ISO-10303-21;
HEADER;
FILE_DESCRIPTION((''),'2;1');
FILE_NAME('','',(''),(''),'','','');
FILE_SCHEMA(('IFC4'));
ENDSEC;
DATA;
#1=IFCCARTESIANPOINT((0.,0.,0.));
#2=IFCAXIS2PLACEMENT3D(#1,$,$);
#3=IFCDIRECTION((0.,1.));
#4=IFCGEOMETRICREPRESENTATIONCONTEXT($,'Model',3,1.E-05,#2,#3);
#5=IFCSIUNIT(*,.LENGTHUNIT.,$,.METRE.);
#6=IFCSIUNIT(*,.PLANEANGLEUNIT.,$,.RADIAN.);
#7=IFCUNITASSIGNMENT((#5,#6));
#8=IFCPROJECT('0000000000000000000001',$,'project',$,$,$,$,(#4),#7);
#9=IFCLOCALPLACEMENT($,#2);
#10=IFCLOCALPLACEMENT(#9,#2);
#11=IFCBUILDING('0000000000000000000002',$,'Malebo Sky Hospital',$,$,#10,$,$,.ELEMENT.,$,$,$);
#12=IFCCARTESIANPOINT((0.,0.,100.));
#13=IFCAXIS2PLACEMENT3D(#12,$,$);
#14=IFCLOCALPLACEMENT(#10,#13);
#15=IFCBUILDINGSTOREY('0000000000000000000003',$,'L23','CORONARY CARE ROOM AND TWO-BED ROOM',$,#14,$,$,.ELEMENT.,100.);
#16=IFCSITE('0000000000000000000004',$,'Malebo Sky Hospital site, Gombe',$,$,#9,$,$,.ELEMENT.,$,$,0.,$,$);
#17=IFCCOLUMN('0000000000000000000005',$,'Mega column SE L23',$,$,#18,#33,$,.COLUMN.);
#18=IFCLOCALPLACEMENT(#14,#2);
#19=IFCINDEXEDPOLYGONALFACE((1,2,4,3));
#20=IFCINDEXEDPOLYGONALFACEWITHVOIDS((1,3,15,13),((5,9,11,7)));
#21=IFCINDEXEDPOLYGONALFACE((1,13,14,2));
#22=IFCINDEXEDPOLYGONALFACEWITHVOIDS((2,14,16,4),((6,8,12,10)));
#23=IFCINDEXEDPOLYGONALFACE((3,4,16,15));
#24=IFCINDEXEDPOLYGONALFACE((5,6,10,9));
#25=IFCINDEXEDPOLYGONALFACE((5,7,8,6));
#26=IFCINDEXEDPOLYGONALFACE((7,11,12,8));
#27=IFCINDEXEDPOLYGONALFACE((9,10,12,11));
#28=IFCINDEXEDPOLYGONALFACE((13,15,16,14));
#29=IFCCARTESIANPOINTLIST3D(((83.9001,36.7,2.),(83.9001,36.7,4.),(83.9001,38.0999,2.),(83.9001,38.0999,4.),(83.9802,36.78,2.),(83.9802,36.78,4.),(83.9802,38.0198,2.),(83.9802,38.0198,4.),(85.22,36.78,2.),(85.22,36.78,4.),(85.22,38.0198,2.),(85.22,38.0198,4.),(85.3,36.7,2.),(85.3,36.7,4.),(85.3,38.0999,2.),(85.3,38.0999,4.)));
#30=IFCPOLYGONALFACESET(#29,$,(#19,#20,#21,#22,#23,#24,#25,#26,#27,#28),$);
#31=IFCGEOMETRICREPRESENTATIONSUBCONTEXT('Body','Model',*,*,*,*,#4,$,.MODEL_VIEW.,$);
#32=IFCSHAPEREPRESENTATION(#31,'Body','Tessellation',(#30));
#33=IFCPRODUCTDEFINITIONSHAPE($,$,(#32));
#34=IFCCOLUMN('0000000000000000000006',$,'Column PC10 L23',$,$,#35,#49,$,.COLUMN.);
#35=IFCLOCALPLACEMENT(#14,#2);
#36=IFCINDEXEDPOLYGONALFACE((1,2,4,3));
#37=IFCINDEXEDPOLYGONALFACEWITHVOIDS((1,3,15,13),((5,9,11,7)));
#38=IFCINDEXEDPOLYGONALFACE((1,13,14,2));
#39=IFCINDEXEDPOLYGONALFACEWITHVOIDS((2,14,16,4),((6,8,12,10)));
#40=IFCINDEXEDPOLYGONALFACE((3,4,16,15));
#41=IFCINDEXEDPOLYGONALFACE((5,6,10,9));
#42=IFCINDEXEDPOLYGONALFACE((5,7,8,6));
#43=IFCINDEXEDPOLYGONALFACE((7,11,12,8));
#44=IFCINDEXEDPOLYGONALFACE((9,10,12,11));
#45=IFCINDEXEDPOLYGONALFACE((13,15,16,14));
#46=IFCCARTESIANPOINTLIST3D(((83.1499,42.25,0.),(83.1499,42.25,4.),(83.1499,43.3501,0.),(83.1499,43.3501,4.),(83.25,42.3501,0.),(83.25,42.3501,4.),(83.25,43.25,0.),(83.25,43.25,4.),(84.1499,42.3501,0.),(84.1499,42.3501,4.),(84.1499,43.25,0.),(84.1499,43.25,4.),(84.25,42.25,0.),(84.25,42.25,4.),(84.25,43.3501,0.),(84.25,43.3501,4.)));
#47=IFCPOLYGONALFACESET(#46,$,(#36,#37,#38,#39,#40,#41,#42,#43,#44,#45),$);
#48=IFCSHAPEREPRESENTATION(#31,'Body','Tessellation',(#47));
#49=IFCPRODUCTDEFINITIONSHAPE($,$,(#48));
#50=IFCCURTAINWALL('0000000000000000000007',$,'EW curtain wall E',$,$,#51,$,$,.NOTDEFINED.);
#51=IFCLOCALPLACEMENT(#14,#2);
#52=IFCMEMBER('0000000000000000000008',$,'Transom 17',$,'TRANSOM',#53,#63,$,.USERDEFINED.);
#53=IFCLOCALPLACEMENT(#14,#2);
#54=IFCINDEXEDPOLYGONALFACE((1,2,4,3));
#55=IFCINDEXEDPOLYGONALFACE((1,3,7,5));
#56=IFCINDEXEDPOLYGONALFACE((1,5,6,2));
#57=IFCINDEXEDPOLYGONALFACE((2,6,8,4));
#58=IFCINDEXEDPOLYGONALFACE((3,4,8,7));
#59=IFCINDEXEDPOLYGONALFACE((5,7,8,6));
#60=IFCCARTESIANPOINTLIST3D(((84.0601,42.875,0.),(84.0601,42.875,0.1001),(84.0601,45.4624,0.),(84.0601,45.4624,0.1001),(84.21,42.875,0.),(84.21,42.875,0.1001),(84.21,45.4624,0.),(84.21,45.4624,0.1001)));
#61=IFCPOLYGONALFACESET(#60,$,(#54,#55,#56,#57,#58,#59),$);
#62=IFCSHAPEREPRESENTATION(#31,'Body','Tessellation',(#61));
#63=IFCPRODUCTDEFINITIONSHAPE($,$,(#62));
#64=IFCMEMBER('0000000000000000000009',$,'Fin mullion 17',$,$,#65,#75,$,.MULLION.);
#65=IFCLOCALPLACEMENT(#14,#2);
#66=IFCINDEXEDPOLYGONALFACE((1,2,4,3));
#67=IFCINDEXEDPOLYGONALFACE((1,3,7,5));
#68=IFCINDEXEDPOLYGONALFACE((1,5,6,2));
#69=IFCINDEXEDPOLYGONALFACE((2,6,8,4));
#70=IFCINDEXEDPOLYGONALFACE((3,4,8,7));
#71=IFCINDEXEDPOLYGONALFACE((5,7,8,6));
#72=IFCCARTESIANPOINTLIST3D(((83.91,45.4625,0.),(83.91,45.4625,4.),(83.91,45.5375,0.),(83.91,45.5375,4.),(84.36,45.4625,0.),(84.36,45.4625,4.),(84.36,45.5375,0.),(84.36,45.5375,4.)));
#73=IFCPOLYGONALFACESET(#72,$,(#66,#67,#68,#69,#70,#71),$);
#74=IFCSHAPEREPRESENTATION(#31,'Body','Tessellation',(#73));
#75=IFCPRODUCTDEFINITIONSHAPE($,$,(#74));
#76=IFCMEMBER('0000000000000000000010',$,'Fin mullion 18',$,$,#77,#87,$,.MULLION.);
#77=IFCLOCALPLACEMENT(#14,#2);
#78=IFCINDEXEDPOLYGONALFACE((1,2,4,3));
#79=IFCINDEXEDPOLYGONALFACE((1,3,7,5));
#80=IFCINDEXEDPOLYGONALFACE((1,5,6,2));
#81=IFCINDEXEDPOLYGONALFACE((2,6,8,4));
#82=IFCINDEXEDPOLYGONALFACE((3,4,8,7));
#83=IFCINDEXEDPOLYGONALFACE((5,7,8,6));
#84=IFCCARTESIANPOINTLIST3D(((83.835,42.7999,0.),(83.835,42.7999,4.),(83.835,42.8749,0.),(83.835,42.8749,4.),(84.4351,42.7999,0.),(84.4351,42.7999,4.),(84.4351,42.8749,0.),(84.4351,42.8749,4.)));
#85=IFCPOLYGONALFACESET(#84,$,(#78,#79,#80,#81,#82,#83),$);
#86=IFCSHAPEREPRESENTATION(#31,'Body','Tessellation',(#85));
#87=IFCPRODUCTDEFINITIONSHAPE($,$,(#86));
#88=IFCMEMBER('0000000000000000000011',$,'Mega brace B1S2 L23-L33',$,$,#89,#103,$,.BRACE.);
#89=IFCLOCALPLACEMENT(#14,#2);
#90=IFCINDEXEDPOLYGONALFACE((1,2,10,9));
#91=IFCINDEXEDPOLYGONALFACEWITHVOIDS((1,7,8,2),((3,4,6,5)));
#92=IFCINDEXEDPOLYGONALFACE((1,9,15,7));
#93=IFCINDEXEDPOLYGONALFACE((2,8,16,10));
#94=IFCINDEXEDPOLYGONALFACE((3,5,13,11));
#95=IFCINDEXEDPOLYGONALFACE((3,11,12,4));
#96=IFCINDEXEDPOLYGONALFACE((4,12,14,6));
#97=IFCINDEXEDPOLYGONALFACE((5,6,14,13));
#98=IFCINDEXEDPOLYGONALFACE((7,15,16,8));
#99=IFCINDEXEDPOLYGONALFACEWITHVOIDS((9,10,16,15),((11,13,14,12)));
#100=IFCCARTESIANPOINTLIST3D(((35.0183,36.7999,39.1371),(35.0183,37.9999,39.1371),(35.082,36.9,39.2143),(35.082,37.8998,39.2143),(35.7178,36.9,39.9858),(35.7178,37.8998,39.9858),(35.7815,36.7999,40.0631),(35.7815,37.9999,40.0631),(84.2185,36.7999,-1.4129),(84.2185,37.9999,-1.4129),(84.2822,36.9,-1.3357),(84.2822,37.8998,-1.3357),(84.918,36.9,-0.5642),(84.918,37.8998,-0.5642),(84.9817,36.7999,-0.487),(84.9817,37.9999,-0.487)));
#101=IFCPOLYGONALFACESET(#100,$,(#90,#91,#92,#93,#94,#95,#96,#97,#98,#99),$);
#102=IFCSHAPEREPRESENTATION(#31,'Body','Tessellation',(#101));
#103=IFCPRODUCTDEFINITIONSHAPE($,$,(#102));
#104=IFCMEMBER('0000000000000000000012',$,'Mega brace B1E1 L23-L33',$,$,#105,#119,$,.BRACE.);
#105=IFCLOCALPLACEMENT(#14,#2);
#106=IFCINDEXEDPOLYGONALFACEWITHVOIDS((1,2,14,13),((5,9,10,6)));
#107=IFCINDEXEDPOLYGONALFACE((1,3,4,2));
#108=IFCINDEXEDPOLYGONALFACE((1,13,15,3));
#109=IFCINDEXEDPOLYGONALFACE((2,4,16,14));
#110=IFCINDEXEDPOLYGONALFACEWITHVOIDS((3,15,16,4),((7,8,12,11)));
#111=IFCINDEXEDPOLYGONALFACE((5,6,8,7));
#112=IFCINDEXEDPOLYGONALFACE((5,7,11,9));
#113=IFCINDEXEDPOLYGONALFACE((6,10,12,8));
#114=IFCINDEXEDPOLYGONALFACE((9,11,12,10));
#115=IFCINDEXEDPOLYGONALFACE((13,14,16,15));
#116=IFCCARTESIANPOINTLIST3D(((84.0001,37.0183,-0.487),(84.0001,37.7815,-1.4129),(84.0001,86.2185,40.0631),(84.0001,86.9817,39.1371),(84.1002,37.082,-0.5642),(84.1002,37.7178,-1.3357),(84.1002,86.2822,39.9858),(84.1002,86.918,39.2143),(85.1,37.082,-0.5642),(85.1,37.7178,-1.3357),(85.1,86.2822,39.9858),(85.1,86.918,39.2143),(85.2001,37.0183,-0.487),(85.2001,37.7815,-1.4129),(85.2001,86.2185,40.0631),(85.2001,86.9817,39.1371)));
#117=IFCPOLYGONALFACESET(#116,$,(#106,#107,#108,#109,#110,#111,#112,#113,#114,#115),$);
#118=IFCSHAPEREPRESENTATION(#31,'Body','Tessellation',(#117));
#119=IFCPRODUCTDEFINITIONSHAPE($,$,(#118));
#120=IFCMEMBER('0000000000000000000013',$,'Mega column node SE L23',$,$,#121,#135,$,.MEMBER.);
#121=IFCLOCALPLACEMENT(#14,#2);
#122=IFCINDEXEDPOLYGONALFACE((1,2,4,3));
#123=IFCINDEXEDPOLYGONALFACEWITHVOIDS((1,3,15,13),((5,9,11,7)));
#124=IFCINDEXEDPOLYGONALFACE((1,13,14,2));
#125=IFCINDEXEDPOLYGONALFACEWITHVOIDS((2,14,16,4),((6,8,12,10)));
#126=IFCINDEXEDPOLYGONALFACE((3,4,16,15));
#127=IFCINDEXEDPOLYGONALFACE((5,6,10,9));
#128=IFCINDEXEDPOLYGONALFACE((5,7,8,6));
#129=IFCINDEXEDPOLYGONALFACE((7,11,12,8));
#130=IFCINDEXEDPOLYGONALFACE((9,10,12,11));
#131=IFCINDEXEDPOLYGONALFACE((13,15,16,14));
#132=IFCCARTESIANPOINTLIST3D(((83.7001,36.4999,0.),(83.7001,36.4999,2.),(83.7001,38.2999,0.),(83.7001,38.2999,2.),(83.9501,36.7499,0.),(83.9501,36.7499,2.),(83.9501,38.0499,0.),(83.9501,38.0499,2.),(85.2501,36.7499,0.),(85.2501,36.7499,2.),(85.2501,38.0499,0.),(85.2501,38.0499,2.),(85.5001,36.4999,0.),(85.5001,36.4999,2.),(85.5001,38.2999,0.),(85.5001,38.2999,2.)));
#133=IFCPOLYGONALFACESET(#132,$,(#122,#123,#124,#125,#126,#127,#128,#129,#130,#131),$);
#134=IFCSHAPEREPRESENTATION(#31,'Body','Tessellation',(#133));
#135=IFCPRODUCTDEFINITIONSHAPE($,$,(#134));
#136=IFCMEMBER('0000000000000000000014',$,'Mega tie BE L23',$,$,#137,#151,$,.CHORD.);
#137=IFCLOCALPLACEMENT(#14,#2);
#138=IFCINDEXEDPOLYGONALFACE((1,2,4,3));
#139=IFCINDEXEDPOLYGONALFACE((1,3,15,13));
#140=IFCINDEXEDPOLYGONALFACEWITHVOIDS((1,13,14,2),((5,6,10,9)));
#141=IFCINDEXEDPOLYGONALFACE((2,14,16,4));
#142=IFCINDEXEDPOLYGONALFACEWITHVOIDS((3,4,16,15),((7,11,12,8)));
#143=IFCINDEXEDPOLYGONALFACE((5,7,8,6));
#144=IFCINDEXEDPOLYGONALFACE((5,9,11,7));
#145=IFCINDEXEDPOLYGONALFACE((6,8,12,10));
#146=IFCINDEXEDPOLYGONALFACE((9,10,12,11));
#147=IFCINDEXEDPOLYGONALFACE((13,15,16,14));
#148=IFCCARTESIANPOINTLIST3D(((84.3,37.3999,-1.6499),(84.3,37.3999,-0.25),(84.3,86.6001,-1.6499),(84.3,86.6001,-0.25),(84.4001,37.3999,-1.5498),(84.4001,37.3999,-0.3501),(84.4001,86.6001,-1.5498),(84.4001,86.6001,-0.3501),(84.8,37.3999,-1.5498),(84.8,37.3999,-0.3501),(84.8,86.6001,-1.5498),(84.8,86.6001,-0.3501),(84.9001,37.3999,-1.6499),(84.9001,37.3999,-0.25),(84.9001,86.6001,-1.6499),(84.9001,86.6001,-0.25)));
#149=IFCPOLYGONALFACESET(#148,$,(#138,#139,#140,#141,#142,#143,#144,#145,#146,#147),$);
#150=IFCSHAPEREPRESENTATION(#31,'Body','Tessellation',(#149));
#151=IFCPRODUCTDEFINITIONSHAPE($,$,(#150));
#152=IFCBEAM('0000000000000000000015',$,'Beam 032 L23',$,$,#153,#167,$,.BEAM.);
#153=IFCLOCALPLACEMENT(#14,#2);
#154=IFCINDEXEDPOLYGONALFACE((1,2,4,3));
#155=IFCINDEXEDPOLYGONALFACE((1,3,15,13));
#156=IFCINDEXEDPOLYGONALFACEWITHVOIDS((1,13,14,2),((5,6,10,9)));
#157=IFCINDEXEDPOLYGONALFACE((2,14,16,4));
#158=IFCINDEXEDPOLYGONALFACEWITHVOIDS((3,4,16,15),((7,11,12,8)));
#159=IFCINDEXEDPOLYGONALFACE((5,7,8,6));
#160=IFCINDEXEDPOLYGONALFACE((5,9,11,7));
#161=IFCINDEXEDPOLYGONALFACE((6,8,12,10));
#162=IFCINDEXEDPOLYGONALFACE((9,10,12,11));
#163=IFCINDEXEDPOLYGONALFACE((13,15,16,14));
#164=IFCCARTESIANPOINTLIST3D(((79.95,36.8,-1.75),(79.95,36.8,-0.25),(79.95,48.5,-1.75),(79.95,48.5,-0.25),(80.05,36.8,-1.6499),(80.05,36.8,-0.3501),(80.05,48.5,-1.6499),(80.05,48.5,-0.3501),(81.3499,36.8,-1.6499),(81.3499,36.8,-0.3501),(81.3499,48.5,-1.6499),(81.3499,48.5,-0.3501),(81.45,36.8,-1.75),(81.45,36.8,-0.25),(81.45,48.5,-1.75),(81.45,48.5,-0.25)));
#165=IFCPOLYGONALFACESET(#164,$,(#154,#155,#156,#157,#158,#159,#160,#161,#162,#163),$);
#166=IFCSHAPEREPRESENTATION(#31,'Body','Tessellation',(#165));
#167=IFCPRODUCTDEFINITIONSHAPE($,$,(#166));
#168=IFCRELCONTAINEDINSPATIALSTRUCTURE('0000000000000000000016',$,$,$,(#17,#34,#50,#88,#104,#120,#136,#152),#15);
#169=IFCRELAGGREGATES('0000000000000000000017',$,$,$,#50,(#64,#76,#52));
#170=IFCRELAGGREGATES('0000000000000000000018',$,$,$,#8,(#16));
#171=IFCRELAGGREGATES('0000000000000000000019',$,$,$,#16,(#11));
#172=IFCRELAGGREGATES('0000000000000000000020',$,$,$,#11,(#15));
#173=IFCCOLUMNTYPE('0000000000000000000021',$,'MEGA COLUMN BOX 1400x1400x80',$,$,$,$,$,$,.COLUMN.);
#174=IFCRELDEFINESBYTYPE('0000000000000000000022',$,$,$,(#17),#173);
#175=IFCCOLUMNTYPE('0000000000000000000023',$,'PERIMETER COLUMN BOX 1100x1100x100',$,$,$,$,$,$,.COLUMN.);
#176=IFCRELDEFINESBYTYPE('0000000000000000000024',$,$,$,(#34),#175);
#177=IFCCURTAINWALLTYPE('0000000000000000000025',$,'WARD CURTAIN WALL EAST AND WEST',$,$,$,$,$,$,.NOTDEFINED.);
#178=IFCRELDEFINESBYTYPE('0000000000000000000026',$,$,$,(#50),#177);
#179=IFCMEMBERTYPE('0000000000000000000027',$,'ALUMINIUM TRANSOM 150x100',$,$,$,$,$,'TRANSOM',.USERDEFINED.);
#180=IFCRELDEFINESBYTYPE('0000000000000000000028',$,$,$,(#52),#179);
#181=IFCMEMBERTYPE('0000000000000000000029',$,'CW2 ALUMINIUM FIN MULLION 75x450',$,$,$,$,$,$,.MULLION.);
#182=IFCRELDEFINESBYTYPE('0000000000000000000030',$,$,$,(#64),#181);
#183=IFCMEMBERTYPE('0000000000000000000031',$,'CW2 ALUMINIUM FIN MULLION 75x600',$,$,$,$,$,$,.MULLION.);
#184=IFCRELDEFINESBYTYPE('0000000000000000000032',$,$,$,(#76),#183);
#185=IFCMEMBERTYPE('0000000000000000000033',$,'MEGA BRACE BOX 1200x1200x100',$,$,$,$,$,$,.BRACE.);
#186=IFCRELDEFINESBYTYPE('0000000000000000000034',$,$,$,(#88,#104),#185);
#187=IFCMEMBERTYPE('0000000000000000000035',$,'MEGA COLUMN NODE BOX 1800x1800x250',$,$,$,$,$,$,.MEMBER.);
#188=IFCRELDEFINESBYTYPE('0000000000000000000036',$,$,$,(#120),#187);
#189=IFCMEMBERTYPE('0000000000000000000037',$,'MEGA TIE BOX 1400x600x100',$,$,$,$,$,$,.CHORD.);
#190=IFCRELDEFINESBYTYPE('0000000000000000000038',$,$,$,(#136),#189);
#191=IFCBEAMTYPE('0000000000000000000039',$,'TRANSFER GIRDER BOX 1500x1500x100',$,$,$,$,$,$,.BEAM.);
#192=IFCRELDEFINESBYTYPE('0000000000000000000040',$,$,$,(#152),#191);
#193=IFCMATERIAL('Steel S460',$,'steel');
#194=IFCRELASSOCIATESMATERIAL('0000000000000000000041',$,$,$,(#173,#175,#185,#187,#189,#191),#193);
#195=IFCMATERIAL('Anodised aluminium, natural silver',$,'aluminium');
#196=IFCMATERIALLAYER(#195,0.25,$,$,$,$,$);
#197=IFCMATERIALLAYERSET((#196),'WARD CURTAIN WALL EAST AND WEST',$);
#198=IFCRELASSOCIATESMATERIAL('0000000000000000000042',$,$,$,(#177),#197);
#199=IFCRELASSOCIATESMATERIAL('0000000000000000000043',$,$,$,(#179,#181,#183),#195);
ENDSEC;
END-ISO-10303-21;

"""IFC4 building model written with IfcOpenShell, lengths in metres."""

from ifc_helpers import new_model, si_unit, direction, frame, origin, origin_2d, place, context, subcontext, project, spatial, rectangle, hollow_rectangle, extrude, material, layer, layer_set, material_profile, profile_set, type_object, element, aggregate, save


model = new_model("IFC4")

# Units and contexts
model_context = context("Model", 3, precision=1e-05, world=origin(), true_north=direction((0.0, 1.0)))
body_context = subcontext(model_context, "Body", "Model", "MODEL_VIEW")
ifc_project = project(units=[si_unit("LENGTHUNIT", "METRE"), si_unit("PLANEANGLEUNIT", "RADIAN")], contexts=[model_context])

# Site, building, storey
site_placement = place(None, origin())
site = spatial("IfcSite", under=ifc_project, at=site_placement, Name="Malebo Sky Hospital site, Gombe", CompositionType="ELEMENT", RefElevation=0.0)
building_placement = place(site_placement, origin())
building = spatial("IfcBuilding", under=site, at=building_placement, Name="Malebo Sky Hospital", CompositionType="ELEMENT")
storey_placement = place(building_placement, frame((0.0, 0.0, 100.0)))
storey = spatial("IfcBuildingStorey", under=building, at=storey_placement, Name="L23", Description="CORONARY CARE ROOM AND TWO-BED ROOM", CompositionType="ELEMENT", Elevation=100.0)

# Columns
ifc_material_1 = material(Name="Steel S460", Category="steel")
ifc_material_profile_1 = material_profile(ifc_material_1, hollow_rectangle(XDim=1.3999, YDim=1.3999, WallThickness=0.0801, at=origin_2d()), Name="BOX 1400x1400x80")
ifc_profile_set_1 = profile_set([ifc_material_profile_1], Name="Steel S460")
column_type_1 = type_object("IfcColumnType", Name="MEGA COLUMN BOX 1400x1400x80", PredefinedType="COLUMN", material=ifc_profile_set_1)
column_1_placement = place(storey_placement, frame((84.6001, 37.3999, 2.0), z_axis=(0.0, 0.0, 1.0), x_axis=(1.0, 0.0, 0.0)))
element("IfcColumn", 1, at=column_1_placement, inside=storey, type_object=column_type_1, Name="Mega column SE L23", PredefinedType="COLUMN", context=body_context, shape_type="SweptSolid", body=[
    extrude(hollow_rectangle(XDim=1.3999, YDim=1.3999, WallThickness=0.0801, at=origin_2d()), origin(), (0.0, 0.0, 1.0), 2.0),
])
ifc_material_profile_2 = material_profile(ifc_material_1, hollow_rectangle(XDim=1.1001, YDim=1.1001, WallThickness=0.1001, at=origin_2d()), Name="BOX 1100x1100x100")
ifc_profile_set_2 = profile_set([ifc_material_profile_2], Name="Steel S460")
column_type_2 = type_object("IfcColumnType", Name="PERIMETER COLUMN BOX 1100x1100x100", PredefinedType="COLUMN", material=ifc_profile_set_2)
column_2_placement = place(storey_placement, frame((83.7, 42.8, 0.0), z_axis=(0.0, 0.0, 1.0), x_axis=(1.0, 0.0, 0.0)))
element("IfcColumn", 2, at=column_2_placement, inside=storey, type_object=column_type_2, Name="Column PC10 L23", PredefinedType="COLUMN", context=body_context, shape_type="SweptSolid", body=[
    extrude(hollow_rectangle(XDim=1.1001, YDim=1.1001, WallThickness=0.1001, at=origin_2d()), origin(), (0.0, 0.0, 1.0), 4.0),
])

# Curtain wall, members
ifc_material_2 = material(Name="Anodised aluminium, natural silver", Category="aluminium")
ifc_layer_1 = layer(ifc_material_2, 0.25)
ifc_layer_set_1 = layer_set([ifc_layer_1], Name="WARD CURTAIN WALL EAST AND WEST")
curtain_wall_type = type_object("IfcCurtainWallType", Name="WARD CURTAIN WALL EAST AND WEST", PredefinedType="NOTDEFINED", material=ifc_layer_set_1)
curtain_wall_placement = place(storey_placement, origin())
curtain_wall = element("IfcCurtainWall", 3, at=curtain_wall_placement, inside=storey, type_object=curtain_wall_type, Name="EW curtain wall E", PredefinedType="NOTDEFINED")
ifc_material_profile_3 = material_profile(ifc_material_2, rectangle(XDim=0.1499, YDim=0.1001, at=origin_2d()), Name="ALUMINIUM TRANSOM 150x100")
ifc_profile_set_3 = profile_set([ifc_material_profile_3], Name="Anodised aluminium, natural silver")
member_type_1 = type_object("IfcMemberType", Name="ALUMINIUM TRANSOM 150x100", ElementType="TRANSOM", PredefinedType="USERDEFINED", material=ifc_profile_set_3)
member_1_placement = place(storey_placement, frame((84.135, 45.4624, 0.05), z_axis=(0.0, -1.0, 0.0), x_axis=(1.0, 0.0, 0.0)))
member_1 = element("IfcMember", 4, at=member_1_placement, type_object=member_type_1, Name="Transom 17", ObjectType="TRANSOM", PredefinedType="USERDEFINED", context=body_context, shape_type="SweptSolid", body=[
    extrude(rectangle(XDim=0.1499, YDim=0.1001, at=origin_2d()), origin(), (0.0, 0.0, 1.0), 2.5874),
])
ifc_material_profile_4 = material_profile(ifc_material_2, rectangle(XDim=0.075, YDim=0.45, at=origin_2d()), Name="CW2 ALUMINIUM FIN MULLION 75x450")
ifc_profile_set_4 = profile_set([ifc_material_profile_4], Name="Anodised aluminium, natural silver")
member_type_2 = type_object("IfcMemberType", Name="CW2 ALUMINIUM FIN MULLION 75x450", PredefinedType="MULLION", material=ifc_profile_set_4)
member_2_placement = place(storey_placement, frame((84.135, 45.5, 0.0), z_axis=(0.0, 0.0, 1.0), x_axis=(0.0, -1.0, 0.0)))
member_2 = element("IfcMember", 5, at=member_2_placement, type_object=member_type_2, Name="Fin mullion 17", PredefinedType="MULLION", context=body_context, shape_type="SweptSolid", body=[
    extrude(rectangle(XDim=0.075, YDim=0.45, at=origin_2d()), origin(), (0.0, 0.0, 1.0), 4.0),
])
ifc_material_profile_5 = material_profile(ifc_material_2, rectangle(XDim=0.075, YDim=0.6001, at=origin_2d()), Name="CW2 ALUMINIUM FIN MULLION 75x600")
ifc_profile_set_5 = profile_set([ifc_material_profile_5], Name="Anodised aluminium, natural silver")
member_type_3 = type_object("IfcMemberType", Name="CW2 ALUMINIUM FIN MULLION 75x600", PredefinedType="MULLION", material=ifc_profile_set_5)
member_3_placement = place(storey_placement, frame((84.135, 42.8374, 0.0), z_axis=(0.0, 0.0, 1.0), x_axis=(0.0, -1.0, 0.0)))
member_3 = element("IfcMember", 6, at=member_3_placement, type_object=member_type_3, Name="Fin mullion 18", PredefinedType="MULLION", context=body_context, shape_type="SweptSolid", body=[
    extrude(rectangle(XDim=0.075, YDim=0.6001, at=origin_2d()), origin(), (0.0, 0.0, 1.0), 4.0),
])

# Members
ifc_material_profile_6 = material_profile(ifc_material_1, hollow_rectangle(XDim=1.2, YDim=1.2, WallThickness=0.1001, at=origin_2d()), Name="BOX 1200x1200x100")
ifc_profile_set_6 = profile_set([ifc_material_profile_6], Name="Steel S460")
member_type_4 = type_object("IfcMemberType", Name="MEGA BRACE BOX 1200x1200x100", PredefinedType="BRACE", material=ifc_profile_set_6)
for number, where, z_axis, x_axis, name in (
    (7, (84.6001, 37.3999, -0.95), (-0.771682, 0.0, 0.636009), (0.0, -1.0, 0.0), "Mega brace B1S2 L23-L33"),
    (8, (84.6001, 37.3999, -0.95), (0.0, 0.771682, 0.636009), (-1.0, 0.0, 0.0), "Mega brace B1E1 L23-L33"),
):
    element("IfcMember", number, at=place(storey_placement, frame(where, z_axis=z_axis, x_axis=x_axis)), inside=storey, type_object=member_type_4, Name=name, PredefinedType="BRACE", context=body_context, shape_type="SweptSolid", body=[
        extrude(hollow_rectangle(XDim=1.2, YDim=1.2, WallThickness=0.1001, at=origin_2d()), origin(), (0.0, 0.0, 1.0), 63.7571),
    ])
ifc_material_profile_7 = material_profile(ifc_material_1, hollow_rectangle(XDim=1.8, YDim=1.8, WallThickness=0.25, at=origin_2d()), Name="BOX 1800x1800x250")
ifc_profile_set_7 = profile_set([ifc_material_profile_7], Name="Steel S460")
member_type_5 = type_object("IfcMemberType", Name="MEGA COLUMN NODE BOX 1800x1800x250", PredefinedType="MEMBER", material=ifc_profile_set_7)
member_4_placement = place(storey_placement, frame((84.6001, 37.3999, 0.0), z_axis=(0.0, 0.0, 1.0), x_axis=(1.0, 0.0, 0.0)))
element("IfcMember", 9, at=member_4_placement, inside=storey, type_object=member_type_5, Name="Mega column node SE L23", PredefinedType="MEMBER", context=body_context, shape_type="SweptSolid", body=[
    extrude(hollow_rectangle(XDim=1.8, YDim=1.8, WallThickness=0.25, at=origin_2d()), origin(), (0.0, 0.0, 1.0), 2.0),
])
ifc_material_profile_8 = material_profile(ifc_material_1, hollow_rectangle(XDim=0.6001, YDim=1.3999, WallThickness=0.1001, at=origin_2d()), Name="BOX 1400x600x100")
ifc_profile_set_8 = profile_set([ifc_material_profile_8], Name="Steel S460")
member_type_6 = type_object("IfcMemberType", Name="MEGA TIE BOX 1400x600x100", PredefinedType="CHORD", material=ifc_profile_set_8)
member_5_placement = place(storey_placement, frame((84.6001, 37.3999, -0.95), z_axis=(0.0, 1.0, 0.0), x_axis=(-1.0, 0.0, 0.0)))
element("IfcMember", 10, at=member_5_placement, inside=storey, type_object=member_type_6, Name="Mega tie BE L23", PredefinedType="CHORD", context=body_context, shape_type="SweptSolid", body=[
    extrude(hollow_rectangle(XDim=0.6001, YDim=1.3999, WallThickness=0.1001, at=origin_2d()), origin(), (0.0, 0.0, 1.0), 49.2002),
])

# Beam
ifc_material_profile_9 = material_profile(ifc_material_1, hollow_rectangle(XDim=1.5, YDim=1.5, WallThickness=0.1001, at=origin_2d()), Name="BOX 1500x1500x100")
ifc_profile_set_9 = profile_set([ifc_material_profile_9], Name="Steel S460")
beam_type_1 = type_object("IfcBeamType", Name="TRANSFER GIRDER BOX 1500x1500x100", PredefinedType="BEAM", material=ifc_profile_set_9)
beam_1_placement = place(storey_placement, frame((80.7, 36.8, -1.0), z_axis=(0.0, 1.0, 0.0), x_axis=(-1.0, 0.0, 0.0)))
element("IfcBeam", 11, at=beam_1_placement, inside=storey, type_object=beam_type_1, Name="Beam 032 L23", PredefinedType="BEAM", context=body_context, shape_type="SweptSolid", body=[
    extrude(hollow_rectangle(XDim=1.5, YDim=1.5, WallThickness=0.1001, at=origin_2d()), origin(), (0.0, 0.0, 1.0), 11.7),
])

aggregate(curtain_wall, [member_2, member_3, member_1])

save(model, "model.ifc")
